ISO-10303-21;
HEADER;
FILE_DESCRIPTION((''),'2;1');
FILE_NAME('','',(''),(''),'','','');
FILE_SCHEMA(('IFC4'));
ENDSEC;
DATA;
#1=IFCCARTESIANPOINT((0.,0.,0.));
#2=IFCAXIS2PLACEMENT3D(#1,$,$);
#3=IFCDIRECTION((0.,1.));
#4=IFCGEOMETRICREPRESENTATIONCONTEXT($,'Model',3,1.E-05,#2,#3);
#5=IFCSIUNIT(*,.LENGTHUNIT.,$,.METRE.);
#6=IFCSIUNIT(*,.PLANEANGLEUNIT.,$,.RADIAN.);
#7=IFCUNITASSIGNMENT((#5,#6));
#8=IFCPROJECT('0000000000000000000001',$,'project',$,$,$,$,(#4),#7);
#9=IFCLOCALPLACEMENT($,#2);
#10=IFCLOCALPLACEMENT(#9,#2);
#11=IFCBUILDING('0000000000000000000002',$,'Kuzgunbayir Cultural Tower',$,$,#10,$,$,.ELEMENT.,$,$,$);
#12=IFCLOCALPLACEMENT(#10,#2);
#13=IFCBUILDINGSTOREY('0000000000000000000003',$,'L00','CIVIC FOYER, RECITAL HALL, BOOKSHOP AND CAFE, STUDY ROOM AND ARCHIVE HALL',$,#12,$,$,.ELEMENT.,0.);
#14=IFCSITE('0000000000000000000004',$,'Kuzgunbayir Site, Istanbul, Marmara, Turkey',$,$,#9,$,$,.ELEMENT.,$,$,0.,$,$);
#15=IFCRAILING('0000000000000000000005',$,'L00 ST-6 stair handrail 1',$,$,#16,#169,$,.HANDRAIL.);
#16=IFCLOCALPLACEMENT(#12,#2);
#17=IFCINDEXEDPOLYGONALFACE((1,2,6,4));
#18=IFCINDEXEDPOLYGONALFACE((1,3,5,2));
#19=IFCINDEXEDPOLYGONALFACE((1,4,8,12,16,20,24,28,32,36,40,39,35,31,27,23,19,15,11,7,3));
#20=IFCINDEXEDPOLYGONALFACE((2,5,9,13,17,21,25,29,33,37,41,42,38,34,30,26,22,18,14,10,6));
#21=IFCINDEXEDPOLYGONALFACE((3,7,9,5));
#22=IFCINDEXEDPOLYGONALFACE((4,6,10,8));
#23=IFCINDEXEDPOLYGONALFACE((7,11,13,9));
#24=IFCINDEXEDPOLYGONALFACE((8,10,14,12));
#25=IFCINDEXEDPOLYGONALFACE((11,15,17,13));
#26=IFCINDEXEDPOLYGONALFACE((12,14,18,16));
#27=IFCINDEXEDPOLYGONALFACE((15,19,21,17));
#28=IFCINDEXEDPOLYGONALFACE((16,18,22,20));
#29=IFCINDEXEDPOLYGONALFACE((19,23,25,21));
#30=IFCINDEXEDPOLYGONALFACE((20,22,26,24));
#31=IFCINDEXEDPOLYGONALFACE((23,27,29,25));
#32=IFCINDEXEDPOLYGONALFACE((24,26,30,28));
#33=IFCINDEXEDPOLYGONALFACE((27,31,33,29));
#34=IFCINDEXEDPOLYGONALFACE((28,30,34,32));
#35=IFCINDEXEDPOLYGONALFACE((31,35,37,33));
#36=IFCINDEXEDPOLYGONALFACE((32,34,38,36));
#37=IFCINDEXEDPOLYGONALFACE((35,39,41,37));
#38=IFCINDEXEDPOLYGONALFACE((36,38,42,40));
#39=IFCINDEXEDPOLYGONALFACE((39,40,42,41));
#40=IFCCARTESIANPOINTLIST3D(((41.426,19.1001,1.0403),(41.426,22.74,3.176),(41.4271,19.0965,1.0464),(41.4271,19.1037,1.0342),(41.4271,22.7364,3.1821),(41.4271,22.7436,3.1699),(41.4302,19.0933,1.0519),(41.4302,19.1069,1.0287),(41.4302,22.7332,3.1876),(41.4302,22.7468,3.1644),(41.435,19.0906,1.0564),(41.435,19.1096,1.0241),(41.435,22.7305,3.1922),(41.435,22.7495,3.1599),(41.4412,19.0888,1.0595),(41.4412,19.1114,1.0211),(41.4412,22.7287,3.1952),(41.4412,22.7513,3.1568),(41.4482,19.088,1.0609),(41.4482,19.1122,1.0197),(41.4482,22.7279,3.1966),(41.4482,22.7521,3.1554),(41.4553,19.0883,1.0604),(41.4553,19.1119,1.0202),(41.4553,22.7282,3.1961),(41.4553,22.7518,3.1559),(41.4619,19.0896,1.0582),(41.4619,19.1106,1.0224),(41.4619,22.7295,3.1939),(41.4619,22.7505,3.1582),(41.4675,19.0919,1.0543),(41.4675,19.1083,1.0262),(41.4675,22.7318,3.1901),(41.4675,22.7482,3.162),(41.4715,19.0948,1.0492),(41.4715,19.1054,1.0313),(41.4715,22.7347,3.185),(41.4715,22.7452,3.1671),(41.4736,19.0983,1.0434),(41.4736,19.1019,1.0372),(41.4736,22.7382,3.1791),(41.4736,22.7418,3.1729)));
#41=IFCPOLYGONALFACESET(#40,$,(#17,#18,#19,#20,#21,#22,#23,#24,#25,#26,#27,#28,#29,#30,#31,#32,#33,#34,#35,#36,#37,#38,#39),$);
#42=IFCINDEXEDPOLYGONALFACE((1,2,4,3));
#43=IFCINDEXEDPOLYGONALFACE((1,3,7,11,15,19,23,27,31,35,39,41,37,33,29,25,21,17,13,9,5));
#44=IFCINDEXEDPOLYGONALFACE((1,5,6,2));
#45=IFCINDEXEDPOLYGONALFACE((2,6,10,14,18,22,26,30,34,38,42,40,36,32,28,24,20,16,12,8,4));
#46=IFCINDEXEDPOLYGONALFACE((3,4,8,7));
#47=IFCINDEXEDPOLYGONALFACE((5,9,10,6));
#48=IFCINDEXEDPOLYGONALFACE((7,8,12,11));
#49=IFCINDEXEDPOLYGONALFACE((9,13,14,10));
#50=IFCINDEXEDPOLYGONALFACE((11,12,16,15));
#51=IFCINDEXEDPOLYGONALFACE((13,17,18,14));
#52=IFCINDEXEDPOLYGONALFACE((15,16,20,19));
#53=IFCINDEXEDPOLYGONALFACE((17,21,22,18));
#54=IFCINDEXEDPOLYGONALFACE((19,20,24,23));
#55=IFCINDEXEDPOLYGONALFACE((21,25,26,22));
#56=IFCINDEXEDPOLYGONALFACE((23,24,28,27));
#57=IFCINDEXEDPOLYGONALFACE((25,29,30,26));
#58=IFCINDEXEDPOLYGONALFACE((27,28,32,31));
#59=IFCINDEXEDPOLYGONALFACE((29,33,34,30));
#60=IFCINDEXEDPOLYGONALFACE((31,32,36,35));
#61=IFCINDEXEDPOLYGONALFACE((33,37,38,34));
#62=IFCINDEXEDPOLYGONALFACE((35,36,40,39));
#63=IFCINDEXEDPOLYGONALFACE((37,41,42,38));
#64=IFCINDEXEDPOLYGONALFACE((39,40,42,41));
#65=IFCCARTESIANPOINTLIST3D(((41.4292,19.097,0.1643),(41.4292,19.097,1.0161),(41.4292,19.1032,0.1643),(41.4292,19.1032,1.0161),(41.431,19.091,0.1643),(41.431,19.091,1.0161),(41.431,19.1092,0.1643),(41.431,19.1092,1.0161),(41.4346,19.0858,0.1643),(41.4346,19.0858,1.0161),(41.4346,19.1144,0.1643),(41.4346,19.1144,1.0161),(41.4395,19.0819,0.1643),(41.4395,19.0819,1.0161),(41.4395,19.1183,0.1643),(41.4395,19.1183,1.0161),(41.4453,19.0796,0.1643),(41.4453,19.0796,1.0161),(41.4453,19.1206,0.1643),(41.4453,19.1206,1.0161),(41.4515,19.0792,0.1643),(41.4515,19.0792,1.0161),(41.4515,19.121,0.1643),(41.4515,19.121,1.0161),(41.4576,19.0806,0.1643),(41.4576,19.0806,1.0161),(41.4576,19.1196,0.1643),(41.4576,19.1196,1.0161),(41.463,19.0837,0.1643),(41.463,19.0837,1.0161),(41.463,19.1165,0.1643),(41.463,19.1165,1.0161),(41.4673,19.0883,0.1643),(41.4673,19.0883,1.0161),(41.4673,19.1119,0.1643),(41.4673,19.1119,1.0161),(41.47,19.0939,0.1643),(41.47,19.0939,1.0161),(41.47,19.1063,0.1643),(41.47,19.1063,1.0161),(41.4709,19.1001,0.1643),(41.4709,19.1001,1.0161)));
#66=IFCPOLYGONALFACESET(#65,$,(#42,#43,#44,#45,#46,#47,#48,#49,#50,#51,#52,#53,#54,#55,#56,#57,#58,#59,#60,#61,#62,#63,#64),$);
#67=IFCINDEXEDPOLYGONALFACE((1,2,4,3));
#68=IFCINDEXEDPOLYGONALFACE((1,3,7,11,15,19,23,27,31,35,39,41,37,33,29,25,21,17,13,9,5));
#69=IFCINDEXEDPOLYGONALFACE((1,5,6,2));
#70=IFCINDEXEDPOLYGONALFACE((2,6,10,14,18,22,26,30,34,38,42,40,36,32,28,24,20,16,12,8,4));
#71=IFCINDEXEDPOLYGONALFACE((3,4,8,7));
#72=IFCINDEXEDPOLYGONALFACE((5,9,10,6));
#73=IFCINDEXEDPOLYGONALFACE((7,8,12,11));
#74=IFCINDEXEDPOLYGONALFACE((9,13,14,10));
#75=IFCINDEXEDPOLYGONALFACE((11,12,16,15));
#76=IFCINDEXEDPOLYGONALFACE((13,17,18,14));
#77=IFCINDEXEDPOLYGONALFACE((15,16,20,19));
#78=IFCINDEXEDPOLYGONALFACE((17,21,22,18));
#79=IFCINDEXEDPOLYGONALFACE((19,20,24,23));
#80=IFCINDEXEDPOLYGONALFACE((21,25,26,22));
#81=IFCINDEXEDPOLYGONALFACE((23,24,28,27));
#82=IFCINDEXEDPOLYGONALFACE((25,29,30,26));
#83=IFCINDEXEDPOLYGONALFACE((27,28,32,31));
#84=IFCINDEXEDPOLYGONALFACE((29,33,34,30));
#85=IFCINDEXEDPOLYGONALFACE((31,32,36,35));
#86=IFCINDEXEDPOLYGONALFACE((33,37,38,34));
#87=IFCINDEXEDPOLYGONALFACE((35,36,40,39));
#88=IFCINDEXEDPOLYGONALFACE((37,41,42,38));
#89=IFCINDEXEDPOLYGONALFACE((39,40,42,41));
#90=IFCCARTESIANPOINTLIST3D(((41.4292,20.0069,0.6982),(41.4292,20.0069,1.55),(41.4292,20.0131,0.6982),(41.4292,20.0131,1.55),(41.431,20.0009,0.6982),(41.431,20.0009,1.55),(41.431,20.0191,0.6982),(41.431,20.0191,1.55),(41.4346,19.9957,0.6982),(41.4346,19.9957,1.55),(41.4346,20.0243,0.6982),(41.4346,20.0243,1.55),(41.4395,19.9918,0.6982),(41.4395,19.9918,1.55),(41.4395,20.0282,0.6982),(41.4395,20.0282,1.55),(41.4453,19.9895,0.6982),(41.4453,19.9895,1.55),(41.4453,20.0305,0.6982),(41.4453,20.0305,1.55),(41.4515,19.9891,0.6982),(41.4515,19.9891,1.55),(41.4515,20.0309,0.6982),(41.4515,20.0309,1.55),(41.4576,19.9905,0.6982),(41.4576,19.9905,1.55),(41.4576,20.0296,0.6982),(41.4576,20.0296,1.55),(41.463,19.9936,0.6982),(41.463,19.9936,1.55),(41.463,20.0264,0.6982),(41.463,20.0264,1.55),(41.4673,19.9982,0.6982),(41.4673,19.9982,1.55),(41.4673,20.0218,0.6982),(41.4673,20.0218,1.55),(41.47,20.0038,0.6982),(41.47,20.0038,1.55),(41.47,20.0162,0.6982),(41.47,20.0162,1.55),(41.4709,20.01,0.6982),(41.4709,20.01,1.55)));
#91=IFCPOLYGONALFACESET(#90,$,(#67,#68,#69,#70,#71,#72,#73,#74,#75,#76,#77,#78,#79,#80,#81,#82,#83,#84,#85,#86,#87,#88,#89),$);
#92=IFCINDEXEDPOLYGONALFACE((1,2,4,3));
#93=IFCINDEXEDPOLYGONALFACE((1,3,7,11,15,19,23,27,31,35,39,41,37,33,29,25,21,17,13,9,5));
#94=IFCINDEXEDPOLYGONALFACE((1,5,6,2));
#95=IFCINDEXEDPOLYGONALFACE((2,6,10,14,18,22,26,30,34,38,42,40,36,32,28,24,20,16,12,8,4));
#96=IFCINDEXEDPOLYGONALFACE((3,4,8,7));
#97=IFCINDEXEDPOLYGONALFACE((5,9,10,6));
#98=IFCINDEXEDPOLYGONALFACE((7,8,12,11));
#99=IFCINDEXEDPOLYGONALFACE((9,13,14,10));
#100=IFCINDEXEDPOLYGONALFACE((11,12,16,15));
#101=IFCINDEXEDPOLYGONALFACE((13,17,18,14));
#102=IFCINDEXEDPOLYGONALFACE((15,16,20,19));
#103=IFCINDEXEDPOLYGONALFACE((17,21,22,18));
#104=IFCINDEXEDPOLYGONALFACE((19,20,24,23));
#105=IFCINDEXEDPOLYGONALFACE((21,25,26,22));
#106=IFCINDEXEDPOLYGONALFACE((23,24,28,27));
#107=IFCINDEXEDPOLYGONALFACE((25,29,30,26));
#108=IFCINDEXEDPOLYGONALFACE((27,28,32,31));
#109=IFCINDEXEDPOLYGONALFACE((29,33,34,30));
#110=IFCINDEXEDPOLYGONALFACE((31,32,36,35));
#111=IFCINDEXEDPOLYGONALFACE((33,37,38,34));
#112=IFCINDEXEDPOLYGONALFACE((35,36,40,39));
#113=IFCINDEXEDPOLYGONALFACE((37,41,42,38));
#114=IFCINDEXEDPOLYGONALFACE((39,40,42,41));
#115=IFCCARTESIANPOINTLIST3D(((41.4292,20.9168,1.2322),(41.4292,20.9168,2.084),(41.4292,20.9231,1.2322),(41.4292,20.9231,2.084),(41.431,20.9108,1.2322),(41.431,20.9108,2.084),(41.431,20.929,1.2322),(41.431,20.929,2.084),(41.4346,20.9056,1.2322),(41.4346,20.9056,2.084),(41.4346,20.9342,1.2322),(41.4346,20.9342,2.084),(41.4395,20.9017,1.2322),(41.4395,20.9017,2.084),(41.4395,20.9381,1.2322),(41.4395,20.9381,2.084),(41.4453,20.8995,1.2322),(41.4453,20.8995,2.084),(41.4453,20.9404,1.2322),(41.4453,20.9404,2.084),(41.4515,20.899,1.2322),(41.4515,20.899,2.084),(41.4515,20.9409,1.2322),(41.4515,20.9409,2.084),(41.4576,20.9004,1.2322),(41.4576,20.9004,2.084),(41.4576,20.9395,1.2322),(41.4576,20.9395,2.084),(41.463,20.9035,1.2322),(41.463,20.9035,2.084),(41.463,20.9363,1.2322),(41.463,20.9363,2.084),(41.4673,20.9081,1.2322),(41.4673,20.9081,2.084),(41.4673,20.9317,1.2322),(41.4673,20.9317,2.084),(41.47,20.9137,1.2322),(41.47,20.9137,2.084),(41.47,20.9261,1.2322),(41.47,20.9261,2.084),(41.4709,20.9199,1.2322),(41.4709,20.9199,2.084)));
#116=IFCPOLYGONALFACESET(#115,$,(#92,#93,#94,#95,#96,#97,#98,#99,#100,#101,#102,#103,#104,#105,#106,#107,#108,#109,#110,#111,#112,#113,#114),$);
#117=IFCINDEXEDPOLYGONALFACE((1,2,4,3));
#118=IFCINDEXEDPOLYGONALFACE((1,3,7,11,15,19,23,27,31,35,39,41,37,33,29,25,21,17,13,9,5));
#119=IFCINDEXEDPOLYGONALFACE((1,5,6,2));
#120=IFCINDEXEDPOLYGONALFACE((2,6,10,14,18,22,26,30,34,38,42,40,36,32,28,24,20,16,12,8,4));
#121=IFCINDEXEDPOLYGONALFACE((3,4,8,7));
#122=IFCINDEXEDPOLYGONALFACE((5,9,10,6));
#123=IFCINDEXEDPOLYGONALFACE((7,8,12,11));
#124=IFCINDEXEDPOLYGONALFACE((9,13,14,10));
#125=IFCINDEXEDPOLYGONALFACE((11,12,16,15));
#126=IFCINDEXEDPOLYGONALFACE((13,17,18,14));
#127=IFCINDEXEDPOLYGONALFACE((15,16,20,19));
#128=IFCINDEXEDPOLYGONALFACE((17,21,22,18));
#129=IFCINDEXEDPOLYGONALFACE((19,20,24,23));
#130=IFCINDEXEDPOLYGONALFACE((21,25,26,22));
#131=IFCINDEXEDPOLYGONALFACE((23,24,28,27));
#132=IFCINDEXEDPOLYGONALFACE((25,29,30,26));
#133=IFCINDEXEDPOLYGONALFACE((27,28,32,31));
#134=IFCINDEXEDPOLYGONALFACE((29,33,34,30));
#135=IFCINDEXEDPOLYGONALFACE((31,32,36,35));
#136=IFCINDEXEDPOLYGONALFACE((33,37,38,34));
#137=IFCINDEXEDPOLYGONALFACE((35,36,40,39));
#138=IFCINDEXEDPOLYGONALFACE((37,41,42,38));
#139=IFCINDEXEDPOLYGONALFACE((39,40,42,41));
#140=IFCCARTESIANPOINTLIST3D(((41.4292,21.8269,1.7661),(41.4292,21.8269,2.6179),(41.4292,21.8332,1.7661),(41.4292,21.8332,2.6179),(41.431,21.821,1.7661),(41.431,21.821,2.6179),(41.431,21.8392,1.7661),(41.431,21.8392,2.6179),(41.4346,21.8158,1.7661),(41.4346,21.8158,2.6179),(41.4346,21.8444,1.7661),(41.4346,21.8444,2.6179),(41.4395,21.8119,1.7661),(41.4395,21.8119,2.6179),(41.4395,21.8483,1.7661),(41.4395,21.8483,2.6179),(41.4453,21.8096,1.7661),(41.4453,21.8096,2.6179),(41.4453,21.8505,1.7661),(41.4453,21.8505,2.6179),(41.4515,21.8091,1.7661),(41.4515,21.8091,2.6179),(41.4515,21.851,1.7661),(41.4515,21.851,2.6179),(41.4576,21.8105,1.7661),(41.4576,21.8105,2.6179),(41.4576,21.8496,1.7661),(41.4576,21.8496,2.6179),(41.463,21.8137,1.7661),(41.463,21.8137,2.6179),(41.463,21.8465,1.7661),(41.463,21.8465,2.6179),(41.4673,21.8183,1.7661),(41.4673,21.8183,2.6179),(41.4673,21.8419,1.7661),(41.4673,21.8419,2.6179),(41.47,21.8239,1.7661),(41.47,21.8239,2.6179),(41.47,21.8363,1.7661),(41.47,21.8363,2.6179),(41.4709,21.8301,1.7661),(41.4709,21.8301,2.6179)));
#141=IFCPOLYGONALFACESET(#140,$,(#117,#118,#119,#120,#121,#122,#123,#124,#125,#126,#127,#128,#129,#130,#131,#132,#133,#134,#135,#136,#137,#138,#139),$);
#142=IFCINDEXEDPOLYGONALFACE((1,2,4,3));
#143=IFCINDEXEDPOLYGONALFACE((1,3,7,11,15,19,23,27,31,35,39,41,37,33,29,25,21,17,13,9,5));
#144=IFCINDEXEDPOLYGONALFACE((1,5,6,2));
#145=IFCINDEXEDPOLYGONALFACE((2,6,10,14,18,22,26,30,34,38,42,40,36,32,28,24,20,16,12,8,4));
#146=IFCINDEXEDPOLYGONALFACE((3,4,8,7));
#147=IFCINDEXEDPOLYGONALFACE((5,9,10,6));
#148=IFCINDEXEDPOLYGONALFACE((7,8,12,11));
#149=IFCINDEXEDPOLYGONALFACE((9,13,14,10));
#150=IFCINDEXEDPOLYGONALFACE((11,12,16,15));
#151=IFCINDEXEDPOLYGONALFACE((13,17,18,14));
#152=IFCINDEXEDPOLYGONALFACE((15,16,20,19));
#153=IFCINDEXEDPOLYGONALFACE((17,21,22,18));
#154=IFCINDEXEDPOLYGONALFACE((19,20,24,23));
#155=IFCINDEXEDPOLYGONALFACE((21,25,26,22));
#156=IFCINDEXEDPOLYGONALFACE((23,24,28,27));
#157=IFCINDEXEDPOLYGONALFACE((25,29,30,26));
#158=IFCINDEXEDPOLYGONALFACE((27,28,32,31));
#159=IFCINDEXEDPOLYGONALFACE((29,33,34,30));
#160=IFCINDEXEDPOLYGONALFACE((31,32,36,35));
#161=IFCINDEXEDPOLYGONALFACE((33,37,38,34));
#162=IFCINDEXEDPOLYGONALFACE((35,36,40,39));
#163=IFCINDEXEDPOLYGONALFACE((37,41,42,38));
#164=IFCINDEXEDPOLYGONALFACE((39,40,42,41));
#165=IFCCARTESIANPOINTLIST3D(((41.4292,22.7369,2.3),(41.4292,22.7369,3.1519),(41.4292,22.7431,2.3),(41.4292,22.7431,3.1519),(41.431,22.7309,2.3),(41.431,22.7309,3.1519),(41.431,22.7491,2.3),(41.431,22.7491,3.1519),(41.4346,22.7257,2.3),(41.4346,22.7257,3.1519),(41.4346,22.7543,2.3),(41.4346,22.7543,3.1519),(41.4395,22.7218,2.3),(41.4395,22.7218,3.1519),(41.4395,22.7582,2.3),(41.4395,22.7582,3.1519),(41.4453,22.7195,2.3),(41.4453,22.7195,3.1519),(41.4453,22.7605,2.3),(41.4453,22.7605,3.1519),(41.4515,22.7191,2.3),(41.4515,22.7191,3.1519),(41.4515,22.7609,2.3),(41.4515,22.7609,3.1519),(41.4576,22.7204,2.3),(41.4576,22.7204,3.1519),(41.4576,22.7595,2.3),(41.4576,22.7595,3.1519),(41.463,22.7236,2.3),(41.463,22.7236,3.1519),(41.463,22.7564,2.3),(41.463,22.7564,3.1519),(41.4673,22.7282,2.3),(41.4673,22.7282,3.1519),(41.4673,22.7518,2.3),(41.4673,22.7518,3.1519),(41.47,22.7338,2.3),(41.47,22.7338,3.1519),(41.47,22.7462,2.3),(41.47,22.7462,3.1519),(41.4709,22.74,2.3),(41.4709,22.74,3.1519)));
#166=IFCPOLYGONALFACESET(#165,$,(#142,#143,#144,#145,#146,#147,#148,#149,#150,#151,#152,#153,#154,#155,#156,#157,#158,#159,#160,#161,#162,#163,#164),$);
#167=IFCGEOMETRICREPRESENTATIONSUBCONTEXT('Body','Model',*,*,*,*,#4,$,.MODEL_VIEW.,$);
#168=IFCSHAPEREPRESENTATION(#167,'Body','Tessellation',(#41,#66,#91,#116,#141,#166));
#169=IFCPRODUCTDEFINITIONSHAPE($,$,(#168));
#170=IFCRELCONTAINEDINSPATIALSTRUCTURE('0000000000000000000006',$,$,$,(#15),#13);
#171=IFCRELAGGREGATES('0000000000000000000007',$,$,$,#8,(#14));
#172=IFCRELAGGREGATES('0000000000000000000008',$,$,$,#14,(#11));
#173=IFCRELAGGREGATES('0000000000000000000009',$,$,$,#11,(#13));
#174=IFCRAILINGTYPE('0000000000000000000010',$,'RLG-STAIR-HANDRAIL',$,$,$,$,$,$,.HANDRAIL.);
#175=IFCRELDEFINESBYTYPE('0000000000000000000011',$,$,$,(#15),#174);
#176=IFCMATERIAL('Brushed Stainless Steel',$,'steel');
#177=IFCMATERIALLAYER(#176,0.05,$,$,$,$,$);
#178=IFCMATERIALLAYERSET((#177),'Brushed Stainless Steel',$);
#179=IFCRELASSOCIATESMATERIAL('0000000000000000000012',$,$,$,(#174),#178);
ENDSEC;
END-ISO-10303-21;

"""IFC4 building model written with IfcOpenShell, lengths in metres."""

from ifc_helpers import new_model, si_unit, direction, frame, origin, origin_2d, place, context, subcontext, project, spatial, circle, extrude, material, layer, layer_set, type_object, element, save


model = new_model("IFC4")

# Units and contexts
model_context = context("Model", 3, precision=1e-05, world=origin(), true_north=direction((0.0, 1.0)))
body_context = subcontext(model_context, "Body", "Model", "MODEL_VIEW")
ifc_project = project(units=[si_unit("LENGTHUNIT", "METRE"), si_unit("PLANEANGLEUNIT", "RADIAN")], contexts=[model_context])

# Site, building, storey
site_placement = place(None, origin())
site = spatial("IfcSite", under=ifc_project, at=site_placement, Name="Kuzgunbayir Site, Istanbul, Marmara, Turkey", CompositionType="ELEMENT", RefElevation=0.0)
building_placement = place(site_placement, origin())
building = spatial("IfcBuilding", under=site, at=building_placement, Name="Kuzgunbayir Cultural Tower", CompositionType="ELEMENT")
storey_placement = place(building_placement, origin())
storey = spatial("IfcBuildingStorey", under=building, at=storey_placement, Name="L00", Description="CIVIC FOYER, RECITAL HALL, BOOKSHOP AND CAFE, STUDY ROOM AND ARCHIVE HALL", CompositionType="ELEMENT", Elevation=0.0)

# Railing
ifc_material_1 = material(Name="Brushed Stainless Steel", Category="steel")
ifc_layer_1 = layer(ifc_material_1, 0.05)
ifc_layer_set_1 = layer_set([ifc_layer_1], Name="Brushed Stainless Steel")
railing_type_1 = type_object("IfcRailingType", Name="RLG-STAIR-HANDRAIL", PredefinedType="HANDRAIL", material=ifc_layer_set_1)
railing_1_placement = place(storey_placement, frame((41.45, 19.1001, 0.1643)))
element("IfcRailing", 1, at=railing_1_placement, inside=storey, type_object=railing_type_1, Name="L00 ST-6 stair handrail 1", PredefinedType="HANDRAIL", context=body_context, shape_type="SweptSolid", body=[
    extrude(circle(Radius=0.0239, at=origin_2d()), frame((0.0, 0.0, 0.876), z_axis=(0.0, 0.86249, 0.506074), x_axis=(-1.0, 0.0, 0.0)), (0.0, 0.0, 1.0), 4.2202),
    extrude(circle(Radius=0.021, at=origin_2d()), origin(), (0.0, 0.0, 1.0), 0.8518),
    extrude(circle(Radius=0.021, at=origin_2d()), frame((0.0, 0.9099, 0.5339)), (0.0, 0.0, 1.0), 0.8518),
    extrude(circle(Radius=0.021, at=origin_2d()), frame((0.0, 1.8198, 1.0679)), (0.0, 0.0, 1.0), 0.8518),
    extrude(circle(Radius=0.021, at=origin_2d()), frame((0.0, 2.73, 1.6018)), (0.0, 0.0, 1.0), 0.8518),
    extrude(circle(Radius=0.021, at=origin_2d()), frame((0.0, 3.6399, 2.1357)), (0.0, 0.0, 1.0), 0.8518),
])

save(model, "model.ifc")
